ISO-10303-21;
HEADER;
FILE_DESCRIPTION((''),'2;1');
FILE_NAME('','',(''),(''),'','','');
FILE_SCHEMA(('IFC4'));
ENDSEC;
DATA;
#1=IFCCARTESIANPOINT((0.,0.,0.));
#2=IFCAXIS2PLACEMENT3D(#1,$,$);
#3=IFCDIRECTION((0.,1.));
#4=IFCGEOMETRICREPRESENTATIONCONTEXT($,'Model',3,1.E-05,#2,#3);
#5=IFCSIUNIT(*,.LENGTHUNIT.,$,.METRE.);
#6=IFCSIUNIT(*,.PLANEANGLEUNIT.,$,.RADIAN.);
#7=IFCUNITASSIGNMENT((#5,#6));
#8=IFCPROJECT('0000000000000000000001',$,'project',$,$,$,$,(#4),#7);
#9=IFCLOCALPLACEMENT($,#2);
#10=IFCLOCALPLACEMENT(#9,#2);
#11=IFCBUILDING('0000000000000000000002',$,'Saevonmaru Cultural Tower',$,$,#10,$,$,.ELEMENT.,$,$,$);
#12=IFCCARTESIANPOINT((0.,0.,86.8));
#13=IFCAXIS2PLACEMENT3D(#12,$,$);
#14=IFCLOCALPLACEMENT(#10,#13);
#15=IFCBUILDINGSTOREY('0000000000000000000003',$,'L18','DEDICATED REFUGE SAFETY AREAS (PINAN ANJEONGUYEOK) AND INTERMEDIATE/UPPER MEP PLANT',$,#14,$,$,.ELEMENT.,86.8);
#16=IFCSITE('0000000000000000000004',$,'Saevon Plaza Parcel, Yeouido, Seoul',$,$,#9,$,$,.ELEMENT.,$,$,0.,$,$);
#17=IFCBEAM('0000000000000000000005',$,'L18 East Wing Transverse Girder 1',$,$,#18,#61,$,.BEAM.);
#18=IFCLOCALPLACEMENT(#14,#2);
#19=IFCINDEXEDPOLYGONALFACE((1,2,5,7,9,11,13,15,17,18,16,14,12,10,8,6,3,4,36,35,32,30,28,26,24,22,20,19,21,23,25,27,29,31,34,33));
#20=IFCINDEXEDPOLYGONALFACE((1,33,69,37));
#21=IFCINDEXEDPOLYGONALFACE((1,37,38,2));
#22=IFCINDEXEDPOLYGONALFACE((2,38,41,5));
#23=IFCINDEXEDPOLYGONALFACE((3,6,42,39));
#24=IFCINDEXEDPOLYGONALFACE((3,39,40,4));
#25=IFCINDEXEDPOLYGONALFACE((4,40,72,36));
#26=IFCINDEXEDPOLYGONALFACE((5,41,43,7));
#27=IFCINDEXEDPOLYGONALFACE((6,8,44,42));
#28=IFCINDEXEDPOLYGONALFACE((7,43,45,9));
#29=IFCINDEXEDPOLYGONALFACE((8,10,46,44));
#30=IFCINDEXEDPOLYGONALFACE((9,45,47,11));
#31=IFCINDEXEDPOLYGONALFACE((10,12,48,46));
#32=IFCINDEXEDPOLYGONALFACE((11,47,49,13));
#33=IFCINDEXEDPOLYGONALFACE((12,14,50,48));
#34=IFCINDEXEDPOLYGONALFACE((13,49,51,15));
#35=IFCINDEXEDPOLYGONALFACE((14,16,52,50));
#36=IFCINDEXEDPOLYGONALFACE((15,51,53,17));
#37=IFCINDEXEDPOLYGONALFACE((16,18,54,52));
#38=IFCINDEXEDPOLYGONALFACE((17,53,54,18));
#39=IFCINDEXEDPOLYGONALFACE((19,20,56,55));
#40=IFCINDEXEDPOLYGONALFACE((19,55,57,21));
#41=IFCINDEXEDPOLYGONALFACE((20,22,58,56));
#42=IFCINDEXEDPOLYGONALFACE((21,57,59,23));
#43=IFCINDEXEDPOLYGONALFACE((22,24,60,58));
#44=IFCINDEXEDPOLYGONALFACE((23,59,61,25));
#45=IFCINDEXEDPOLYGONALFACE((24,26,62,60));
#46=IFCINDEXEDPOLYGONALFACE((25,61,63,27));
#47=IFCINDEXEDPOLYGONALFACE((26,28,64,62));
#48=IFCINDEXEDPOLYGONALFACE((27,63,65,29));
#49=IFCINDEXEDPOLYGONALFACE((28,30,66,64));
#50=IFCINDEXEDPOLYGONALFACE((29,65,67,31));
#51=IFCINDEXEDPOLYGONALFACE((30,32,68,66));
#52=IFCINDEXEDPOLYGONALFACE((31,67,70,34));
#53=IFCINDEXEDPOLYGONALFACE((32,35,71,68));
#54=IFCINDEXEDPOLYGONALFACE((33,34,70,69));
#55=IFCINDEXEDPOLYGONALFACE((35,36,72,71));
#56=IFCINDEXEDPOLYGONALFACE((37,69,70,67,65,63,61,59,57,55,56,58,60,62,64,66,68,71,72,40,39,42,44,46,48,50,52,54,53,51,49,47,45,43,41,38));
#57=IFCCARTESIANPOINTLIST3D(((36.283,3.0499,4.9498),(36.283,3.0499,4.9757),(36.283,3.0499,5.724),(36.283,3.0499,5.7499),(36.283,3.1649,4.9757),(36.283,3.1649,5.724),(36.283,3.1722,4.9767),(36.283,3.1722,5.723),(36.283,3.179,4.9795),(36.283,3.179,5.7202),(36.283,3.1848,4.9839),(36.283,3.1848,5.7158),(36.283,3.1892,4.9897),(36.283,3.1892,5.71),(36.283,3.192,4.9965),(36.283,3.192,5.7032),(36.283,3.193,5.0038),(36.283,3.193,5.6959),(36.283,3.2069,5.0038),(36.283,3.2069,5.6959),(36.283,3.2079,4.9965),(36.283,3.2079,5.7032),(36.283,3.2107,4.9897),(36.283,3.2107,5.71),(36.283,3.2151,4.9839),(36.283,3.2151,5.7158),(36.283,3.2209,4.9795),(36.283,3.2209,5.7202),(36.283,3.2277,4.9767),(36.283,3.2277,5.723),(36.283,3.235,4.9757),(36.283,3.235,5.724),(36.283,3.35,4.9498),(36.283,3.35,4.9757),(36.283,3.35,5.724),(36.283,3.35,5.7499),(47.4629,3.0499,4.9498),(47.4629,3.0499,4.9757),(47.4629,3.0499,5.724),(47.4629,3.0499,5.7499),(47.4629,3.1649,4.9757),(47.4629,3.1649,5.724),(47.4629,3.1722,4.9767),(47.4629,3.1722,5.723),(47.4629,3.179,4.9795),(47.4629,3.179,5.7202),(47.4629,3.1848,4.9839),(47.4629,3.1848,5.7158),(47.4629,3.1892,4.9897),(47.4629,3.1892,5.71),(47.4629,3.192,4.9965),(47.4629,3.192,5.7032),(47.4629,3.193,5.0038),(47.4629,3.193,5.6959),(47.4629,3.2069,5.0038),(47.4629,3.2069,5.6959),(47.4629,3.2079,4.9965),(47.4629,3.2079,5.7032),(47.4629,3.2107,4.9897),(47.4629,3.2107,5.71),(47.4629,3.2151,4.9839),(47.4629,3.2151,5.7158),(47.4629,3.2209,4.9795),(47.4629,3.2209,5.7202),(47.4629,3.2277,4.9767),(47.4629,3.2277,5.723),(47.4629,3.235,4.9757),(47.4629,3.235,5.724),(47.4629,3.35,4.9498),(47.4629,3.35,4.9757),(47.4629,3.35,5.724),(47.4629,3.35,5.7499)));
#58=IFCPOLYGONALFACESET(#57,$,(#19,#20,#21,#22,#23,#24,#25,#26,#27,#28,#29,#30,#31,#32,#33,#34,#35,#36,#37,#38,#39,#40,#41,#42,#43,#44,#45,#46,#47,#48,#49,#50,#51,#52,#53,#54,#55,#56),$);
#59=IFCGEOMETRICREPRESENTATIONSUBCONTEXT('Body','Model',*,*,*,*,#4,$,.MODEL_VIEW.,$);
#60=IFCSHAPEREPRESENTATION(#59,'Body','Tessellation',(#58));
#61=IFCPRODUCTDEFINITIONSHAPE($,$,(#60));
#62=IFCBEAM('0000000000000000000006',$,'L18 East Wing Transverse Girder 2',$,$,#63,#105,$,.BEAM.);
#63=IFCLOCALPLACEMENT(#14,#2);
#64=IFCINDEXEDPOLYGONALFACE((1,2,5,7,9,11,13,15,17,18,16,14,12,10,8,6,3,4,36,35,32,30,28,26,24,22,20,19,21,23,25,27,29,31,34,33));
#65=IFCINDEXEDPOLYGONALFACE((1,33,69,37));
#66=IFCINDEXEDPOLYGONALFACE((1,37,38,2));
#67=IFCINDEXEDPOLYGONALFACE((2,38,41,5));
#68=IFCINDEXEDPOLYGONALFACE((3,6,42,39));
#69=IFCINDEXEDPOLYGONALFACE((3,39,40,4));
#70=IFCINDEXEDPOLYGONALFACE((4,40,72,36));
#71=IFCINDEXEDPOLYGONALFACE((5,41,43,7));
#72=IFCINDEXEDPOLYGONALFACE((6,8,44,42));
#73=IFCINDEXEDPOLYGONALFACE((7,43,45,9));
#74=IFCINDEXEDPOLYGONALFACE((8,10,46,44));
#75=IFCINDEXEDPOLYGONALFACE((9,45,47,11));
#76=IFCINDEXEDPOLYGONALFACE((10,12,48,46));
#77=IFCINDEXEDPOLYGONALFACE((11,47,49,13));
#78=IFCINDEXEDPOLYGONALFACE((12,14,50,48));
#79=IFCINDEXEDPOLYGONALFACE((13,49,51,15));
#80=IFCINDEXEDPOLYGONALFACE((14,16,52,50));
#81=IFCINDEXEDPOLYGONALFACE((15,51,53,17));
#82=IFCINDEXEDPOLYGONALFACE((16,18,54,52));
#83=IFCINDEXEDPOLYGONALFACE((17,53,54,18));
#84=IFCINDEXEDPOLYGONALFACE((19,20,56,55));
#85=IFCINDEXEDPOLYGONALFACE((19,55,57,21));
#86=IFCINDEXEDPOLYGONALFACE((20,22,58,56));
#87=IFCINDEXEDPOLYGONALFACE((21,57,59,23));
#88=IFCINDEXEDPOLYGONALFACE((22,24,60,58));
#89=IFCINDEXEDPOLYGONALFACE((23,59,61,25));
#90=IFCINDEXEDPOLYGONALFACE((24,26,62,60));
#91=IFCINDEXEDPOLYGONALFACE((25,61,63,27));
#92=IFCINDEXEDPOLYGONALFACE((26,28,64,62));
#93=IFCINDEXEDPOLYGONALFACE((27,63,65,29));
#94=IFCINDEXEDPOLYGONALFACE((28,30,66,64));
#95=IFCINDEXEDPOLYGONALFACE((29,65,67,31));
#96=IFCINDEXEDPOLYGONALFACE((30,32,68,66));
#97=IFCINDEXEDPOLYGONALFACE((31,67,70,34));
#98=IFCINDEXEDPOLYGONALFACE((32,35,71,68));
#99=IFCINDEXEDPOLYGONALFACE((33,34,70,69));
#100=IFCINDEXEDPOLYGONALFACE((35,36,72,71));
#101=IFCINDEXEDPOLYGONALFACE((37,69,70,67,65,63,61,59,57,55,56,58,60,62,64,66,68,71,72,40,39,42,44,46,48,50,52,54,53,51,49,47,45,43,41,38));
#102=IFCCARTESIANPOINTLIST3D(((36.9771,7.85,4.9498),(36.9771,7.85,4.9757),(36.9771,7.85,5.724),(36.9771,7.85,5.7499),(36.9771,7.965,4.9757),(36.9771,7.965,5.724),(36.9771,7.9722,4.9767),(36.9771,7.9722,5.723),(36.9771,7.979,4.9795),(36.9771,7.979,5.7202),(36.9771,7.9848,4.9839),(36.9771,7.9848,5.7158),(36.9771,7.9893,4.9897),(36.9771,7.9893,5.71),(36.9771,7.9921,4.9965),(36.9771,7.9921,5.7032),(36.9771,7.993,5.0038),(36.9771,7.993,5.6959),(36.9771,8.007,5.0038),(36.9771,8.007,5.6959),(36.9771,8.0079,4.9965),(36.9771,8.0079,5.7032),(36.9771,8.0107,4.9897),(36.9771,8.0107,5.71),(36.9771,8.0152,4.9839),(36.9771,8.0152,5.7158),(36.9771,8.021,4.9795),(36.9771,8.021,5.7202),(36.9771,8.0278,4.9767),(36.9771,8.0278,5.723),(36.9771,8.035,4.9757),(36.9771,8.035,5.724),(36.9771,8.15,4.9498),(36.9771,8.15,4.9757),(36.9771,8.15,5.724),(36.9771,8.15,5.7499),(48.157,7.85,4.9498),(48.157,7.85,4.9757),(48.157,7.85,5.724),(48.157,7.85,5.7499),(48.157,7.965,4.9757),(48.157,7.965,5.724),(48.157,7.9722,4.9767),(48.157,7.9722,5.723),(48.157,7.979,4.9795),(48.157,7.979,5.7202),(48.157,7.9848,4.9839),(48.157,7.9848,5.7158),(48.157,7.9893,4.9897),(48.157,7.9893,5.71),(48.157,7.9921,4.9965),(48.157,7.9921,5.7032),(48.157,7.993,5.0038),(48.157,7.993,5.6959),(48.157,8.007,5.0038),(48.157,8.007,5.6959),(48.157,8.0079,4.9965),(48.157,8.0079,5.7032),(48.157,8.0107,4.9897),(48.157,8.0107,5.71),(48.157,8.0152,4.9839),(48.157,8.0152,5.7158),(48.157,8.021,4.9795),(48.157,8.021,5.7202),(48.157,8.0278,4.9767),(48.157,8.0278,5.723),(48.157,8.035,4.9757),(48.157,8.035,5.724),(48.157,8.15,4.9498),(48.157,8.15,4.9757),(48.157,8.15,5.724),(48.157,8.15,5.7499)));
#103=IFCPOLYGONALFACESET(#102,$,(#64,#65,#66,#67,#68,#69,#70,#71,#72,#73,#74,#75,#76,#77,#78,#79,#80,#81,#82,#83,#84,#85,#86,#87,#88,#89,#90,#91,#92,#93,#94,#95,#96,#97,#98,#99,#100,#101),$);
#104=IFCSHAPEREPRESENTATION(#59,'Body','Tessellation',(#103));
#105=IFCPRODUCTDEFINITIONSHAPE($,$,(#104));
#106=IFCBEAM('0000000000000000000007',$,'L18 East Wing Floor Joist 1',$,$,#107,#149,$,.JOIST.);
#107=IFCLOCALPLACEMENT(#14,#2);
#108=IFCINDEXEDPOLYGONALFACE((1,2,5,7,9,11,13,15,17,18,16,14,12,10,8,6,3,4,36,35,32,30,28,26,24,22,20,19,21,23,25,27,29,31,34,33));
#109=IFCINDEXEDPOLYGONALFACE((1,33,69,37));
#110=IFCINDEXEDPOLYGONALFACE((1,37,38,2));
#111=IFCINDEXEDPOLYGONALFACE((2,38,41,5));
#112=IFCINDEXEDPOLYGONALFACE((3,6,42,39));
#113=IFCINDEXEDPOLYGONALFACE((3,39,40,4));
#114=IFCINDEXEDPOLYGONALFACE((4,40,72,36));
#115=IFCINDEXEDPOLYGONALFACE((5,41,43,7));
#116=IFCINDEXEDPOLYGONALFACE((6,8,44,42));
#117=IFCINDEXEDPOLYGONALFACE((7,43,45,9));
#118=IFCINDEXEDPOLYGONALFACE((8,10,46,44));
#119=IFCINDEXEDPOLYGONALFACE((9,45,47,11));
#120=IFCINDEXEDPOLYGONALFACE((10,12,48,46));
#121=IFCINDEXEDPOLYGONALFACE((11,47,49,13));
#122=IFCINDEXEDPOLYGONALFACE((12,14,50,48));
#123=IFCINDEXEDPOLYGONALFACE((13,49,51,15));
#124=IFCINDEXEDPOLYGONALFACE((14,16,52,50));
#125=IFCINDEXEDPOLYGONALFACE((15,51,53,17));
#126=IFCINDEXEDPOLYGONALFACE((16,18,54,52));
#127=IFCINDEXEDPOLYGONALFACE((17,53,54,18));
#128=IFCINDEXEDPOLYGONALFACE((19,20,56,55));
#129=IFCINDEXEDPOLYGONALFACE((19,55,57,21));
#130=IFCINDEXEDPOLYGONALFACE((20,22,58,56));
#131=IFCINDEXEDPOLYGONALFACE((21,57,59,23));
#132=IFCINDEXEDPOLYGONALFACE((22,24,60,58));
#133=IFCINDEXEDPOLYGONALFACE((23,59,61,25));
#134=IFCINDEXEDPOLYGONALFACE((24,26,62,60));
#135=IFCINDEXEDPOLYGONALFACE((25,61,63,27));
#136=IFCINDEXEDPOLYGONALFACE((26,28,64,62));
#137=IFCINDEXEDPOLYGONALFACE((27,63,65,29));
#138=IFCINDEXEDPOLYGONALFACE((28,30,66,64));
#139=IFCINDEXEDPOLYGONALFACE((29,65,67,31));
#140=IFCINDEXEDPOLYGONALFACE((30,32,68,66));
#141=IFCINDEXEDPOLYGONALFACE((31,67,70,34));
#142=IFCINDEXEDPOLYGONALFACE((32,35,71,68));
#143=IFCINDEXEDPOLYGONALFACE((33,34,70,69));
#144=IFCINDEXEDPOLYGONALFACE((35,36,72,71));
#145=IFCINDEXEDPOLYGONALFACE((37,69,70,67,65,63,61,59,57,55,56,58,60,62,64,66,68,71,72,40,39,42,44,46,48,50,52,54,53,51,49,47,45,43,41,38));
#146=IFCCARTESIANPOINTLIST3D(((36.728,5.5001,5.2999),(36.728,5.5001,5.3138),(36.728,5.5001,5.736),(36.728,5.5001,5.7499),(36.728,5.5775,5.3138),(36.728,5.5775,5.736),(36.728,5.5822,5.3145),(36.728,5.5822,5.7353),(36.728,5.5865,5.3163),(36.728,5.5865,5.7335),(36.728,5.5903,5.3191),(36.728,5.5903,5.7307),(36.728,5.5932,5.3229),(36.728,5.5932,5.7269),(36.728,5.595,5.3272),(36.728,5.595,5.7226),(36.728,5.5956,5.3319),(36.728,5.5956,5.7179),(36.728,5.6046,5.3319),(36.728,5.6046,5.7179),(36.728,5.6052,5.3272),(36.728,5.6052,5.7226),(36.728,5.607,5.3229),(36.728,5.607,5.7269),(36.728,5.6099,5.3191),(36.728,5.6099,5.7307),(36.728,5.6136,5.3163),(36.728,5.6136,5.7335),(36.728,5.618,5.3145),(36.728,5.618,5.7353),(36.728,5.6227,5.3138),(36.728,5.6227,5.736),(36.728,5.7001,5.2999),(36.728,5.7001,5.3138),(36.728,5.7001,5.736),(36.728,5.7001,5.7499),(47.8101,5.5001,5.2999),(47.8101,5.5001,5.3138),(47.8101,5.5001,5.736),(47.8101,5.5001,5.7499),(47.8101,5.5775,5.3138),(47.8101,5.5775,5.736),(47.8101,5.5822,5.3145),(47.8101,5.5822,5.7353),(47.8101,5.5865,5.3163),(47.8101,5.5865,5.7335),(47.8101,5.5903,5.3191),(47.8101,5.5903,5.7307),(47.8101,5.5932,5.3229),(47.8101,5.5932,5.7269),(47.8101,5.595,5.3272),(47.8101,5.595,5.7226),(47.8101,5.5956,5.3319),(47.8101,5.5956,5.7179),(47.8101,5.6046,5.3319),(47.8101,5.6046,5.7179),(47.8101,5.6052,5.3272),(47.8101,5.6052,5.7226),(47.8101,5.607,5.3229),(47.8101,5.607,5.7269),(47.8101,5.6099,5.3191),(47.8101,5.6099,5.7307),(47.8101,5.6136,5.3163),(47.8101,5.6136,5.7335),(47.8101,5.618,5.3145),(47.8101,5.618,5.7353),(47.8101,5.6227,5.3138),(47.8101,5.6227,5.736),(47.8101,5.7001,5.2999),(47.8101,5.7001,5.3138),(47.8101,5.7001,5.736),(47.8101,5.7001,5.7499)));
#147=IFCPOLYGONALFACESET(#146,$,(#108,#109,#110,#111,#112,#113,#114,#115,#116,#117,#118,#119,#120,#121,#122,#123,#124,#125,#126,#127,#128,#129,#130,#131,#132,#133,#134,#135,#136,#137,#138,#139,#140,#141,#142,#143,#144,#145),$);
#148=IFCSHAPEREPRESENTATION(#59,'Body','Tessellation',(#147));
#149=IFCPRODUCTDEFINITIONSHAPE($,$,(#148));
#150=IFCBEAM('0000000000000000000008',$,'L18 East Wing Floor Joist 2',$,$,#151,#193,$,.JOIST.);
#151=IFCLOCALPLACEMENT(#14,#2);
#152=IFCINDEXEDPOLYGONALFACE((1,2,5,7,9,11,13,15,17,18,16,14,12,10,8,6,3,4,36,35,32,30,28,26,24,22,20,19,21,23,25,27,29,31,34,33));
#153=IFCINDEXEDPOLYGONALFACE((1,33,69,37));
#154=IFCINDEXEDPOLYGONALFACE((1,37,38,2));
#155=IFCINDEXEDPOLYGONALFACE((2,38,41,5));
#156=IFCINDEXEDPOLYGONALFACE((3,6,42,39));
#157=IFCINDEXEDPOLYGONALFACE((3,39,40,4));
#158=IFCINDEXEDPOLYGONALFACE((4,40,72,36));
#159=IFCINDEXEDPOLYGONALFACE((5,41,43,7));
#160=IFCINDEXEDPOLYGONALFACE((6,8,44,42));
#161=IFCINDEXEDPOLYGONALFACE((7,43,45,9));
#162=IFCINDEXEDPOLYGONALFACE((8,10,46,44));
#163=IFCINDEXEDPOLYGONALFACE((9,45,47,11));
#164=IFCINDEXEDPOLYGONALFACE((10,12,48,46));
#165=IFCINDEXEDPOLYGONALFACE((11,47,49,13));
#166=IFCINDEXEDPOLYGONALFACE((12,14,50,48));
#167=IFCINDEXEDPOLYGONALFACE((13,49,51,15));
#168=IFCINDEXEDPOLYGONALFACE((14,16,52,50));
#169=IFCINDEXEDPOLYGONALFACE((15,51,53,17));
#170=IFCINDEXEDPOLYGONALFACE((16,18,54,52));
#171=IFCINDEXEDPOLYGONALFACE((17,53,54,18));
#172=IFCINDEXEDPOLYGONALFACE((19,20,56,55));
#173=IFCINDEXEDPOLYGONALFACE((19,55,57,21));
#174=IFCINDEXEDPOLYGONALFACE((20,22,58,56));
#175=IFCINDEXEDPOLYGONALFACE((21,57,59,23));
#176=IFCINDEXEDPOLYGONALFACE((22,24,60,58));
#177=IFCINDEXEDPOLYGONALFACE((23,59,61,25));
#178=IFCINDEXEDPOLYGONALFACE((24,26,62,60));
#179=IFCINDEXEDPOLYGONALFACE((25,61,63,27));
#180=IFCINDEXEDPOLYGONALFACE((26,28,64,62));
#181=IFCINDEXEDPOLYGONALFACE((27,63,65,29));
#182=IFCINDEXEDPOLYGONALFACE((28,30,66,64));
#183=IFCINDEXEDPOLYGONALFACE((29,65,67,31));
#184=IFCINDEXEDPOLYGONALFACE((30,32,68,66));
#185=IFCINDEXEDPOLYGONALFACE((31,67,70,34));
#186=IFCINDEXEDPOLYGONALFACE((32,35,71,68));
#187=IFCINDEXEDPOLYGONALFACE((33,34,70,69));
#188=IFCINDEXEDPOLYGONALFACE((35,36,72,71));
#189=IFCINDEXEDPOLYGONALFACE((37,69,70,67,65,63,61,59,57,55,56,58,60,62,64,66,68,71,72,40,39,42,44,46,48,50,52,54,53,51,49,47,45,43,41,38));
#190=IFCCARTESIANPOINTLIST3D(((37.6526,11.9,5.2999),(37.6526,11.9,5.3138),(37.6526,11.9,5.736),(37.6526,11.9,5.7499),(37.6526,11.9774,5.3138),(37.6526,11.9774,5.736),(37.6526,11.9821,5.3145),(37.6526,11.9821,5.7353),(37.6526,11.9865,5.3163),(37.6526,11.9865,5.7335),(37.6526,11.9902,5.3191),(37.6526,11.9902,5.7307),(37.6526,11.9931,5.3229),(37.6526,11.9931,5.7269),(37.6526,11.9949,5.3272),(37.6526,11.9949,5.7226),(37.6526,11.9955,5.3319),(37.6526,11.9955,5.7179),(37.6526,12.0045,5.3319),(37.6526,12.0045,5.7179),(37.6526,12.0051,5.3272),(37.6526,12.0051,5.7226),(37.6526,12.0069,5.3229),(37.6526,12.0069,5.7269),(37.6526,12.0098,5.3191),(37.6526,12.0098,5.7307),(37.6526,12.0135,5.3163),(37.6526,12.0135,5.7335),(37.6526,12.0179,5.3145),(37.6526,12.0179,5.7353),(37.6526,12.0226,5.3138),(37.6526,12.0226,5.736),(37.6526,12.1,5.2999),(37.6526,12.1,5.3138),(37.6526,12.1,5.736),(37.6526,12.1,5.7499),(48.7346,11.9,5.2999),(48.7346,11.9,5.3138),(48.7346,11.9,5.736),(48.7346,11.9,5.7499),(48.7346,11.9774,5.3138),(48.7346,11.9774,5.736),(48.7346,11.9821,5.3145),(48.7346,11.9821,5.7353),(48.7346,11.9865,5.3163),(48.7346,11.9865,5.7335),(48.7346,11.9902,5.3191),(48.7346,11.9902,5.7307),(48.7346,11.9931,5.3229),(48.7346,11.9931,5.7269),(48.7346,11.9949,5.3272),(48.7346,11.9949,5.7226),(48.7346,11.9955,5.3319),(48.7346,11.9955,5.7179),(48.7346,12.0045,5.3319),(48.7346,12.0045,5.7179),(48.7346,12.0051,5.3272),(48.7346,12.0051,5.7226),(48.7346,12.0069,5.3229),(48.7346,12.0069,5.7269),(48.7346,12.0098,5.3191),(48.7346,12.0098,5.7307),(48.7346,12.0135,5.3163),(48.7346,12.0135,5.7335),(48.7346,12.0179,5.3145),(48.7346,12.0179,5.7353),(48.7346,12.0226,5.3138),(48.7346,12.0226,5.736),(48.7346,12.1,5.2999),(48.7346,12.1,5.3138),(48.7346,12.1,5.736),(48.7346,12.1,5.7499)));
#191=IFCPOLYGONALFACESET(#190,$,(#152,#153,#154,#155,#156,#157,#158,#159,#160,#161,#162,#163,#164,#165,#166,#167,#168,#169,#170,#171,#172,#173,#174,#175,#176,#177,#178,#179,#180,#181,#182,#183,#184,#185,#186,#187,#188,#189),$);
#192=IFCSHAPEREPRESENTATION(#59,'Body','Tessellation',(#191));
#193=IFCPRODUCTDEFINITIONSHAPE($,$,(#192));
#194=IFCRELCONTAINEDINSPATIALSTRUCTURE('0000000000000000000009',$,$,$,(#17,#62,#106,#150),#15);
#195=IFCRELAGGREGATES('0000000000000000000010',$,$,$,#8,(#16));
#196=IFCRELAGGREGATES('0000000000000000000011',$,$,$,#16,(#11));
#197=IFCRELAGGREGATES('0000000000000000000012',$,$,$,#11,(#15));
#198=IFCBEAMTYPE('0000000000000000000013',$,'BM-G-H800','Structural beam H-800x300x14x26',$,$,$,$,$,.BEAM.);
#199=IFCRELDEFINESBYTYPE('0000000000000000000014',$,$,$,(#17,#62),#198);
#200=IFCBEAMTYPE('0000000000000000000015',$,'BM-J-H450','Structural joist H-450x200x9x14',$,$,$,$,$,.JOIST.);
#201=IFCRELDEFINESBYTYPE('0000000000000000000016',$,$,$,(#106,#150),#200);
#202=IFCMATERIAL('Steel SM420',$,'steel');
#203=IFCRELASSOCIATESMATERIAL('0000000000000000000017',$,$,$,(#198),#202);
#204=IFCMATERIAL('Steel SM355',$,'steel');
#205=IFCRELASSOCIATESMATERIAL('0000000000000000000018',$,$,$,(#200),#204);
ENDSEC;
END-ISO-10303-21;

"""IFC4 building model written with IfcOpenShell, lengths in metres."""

from ifc_helpers import new_model, si_unit, direction, frame, origin, origin_2d, place, context, subcontext, project, spatial, i_section, extrude, material, material_profile, profile_set, type_object, element, save


model = new_model("IFC4")

# Units and contexts
model_context = context("Model", 3, precision=1e-05, world=origin(), true_north=direction((0.0, 1.0)))
body_context = subcontext(model_context, "Body", "Model", "MODEL_VIEW")
ifc_project = project(units=[si_unit("LENGTHUNIT", "METRE"), si_unit("PLANEANGLEUNIT", "RADIAN")], contexts=[model_context])

# Site, building, storey
site_placement = place(None, origin())
site = spatial("IfcSite", under=ifc_project, at=site_placement, Name="Saevon Plaza Parcel, Yeouido, Seoul", CompositionType="ELEMENT", RefElevation=0.0)
building_placement = place(site_placement, origin())
building = spatial("IfcBuilding", under=site, at=building_placement, Name="Saevonmaru Cultural Tower", CompositionType="ELEMENT")
storey_placement = place(building_placement, frame((0.0, 0.0, 86.8)))
storey = spatial("IfcBuildingStorey", under=building, at=storey_placement, Name="L18", Description="DEDICATED REFUGE SAFETY AREAS (PINAN ANJEONGUYEOK) AND INTERMEDIATE/UPPER MEP PLANT", CompositionType="ELEMENT", Elevation=86.8)

# Shared definitions
ifc_material_1 = material(Name="Steel SM420", Category="steel")

# Beams
ifc_material_profile_1 = material_profile(ifc_material_1, i_section(OverallWidth=0.3, OverallDepth=0.8, WebThickness=0.0139, FlangeThickness=0.0259, FilletRadius=0.0281, at=origin_2d()), Name="H-800x300x14x26")
ifc_profile_set_1 = profile_set([ifc_material_profile_1], Name="Steel SM420")
beam_type_1 = type_object("IfcBeamType", Name="BM-G-H800", Description="Structural beam H-800x300x14x26", PredefinedType="BEAM", material=ifc_profile_set_1)
for number, where, z_axis, x_axis, name in (
    (1, (36.283, 3.2, 5.3499), (1.0, 0.0, 0.0), (0.0, 1.0, 0.0), "L18 East Wing Transverse Girder 1"),
    (2, (36.9771, 8.0, 5.3499), (1.0, 0.0, 0.0), (0.0, 1.0, 0.0), "L18 East Wing Transverse Girder 2"),
):
    element("IfcBeam", number, at=place(storey_placement, frame(where, z_axis=z_axis, x_axis=x_axis)), inside=storey, type_object=beam_type_1, Name=name, PredefinedType="BEAM", context=body_context, shape_type="SweptSolid", body=[
        extrude(i_section(OverallWidth=0.3, OverallDepth=0.8, WebThickness=0.0139, FlangeThickness=0.0259, FilletRadius=0.0281, at=origin_2d()), origin(), (0.0, 0.0, 1.0), 11.1799),
    ])
ifc_material_2 = material(Name="Steel SM355", Category="steel")
ifc_material_profile_2 = material_profile(ifc_material_2, i_section(OverallWidth=0.2, OverallDepth=0.45, WebThickness=0.009, FlangeThickness=0.0139, FilletRadius=0.0181, at=origin_2d()), Name="H-450x200x9x14")
ifc_profile_set_2 = profile_set([ifc_material_profile_2], Name="Steel SM355")
beam_type_2 = type_object("IfcBeamType", Name="BM-J-H450", Description="Structural joist H-450x200x9x14", PredefinedType="JOIST", material=ifc_profile_set_2)
for number, where, z_axis, x_axis, name in (
    (3, (36.728, 5.6001, 5.5249), (1.0, 0.0, 0.0), (0.0, 1.0, 0.0), "L18 East Wing Floor Joist 1"),
    (4, (37.6526, 12.0, 5.5249), (1.0, 0.0, 0.0), (0.0, 1.0, 0.0), "L18 East Wing Floor Joist 2"),
):
    element("IfcBeam", number, at=place(storey_placement, frame(where, z_axis=z_axis, x_axis=x_axis)), inside=storey, type_object=beam_type_2, Name=name, PredefinedType="JOIST", context=body_context, shape_type="SweptSolid", body=[
        extrude(i_section(OverallWidth=0.2, OverallDepth=0.45, WebThickness=0.009, FlangeThickness=0.0139, FilletRadius=0.0181, at=origin_2d()), origin(), (0.0, 0.0, 1.0), 11.082),
    ])

save(model, "model.ifc")
